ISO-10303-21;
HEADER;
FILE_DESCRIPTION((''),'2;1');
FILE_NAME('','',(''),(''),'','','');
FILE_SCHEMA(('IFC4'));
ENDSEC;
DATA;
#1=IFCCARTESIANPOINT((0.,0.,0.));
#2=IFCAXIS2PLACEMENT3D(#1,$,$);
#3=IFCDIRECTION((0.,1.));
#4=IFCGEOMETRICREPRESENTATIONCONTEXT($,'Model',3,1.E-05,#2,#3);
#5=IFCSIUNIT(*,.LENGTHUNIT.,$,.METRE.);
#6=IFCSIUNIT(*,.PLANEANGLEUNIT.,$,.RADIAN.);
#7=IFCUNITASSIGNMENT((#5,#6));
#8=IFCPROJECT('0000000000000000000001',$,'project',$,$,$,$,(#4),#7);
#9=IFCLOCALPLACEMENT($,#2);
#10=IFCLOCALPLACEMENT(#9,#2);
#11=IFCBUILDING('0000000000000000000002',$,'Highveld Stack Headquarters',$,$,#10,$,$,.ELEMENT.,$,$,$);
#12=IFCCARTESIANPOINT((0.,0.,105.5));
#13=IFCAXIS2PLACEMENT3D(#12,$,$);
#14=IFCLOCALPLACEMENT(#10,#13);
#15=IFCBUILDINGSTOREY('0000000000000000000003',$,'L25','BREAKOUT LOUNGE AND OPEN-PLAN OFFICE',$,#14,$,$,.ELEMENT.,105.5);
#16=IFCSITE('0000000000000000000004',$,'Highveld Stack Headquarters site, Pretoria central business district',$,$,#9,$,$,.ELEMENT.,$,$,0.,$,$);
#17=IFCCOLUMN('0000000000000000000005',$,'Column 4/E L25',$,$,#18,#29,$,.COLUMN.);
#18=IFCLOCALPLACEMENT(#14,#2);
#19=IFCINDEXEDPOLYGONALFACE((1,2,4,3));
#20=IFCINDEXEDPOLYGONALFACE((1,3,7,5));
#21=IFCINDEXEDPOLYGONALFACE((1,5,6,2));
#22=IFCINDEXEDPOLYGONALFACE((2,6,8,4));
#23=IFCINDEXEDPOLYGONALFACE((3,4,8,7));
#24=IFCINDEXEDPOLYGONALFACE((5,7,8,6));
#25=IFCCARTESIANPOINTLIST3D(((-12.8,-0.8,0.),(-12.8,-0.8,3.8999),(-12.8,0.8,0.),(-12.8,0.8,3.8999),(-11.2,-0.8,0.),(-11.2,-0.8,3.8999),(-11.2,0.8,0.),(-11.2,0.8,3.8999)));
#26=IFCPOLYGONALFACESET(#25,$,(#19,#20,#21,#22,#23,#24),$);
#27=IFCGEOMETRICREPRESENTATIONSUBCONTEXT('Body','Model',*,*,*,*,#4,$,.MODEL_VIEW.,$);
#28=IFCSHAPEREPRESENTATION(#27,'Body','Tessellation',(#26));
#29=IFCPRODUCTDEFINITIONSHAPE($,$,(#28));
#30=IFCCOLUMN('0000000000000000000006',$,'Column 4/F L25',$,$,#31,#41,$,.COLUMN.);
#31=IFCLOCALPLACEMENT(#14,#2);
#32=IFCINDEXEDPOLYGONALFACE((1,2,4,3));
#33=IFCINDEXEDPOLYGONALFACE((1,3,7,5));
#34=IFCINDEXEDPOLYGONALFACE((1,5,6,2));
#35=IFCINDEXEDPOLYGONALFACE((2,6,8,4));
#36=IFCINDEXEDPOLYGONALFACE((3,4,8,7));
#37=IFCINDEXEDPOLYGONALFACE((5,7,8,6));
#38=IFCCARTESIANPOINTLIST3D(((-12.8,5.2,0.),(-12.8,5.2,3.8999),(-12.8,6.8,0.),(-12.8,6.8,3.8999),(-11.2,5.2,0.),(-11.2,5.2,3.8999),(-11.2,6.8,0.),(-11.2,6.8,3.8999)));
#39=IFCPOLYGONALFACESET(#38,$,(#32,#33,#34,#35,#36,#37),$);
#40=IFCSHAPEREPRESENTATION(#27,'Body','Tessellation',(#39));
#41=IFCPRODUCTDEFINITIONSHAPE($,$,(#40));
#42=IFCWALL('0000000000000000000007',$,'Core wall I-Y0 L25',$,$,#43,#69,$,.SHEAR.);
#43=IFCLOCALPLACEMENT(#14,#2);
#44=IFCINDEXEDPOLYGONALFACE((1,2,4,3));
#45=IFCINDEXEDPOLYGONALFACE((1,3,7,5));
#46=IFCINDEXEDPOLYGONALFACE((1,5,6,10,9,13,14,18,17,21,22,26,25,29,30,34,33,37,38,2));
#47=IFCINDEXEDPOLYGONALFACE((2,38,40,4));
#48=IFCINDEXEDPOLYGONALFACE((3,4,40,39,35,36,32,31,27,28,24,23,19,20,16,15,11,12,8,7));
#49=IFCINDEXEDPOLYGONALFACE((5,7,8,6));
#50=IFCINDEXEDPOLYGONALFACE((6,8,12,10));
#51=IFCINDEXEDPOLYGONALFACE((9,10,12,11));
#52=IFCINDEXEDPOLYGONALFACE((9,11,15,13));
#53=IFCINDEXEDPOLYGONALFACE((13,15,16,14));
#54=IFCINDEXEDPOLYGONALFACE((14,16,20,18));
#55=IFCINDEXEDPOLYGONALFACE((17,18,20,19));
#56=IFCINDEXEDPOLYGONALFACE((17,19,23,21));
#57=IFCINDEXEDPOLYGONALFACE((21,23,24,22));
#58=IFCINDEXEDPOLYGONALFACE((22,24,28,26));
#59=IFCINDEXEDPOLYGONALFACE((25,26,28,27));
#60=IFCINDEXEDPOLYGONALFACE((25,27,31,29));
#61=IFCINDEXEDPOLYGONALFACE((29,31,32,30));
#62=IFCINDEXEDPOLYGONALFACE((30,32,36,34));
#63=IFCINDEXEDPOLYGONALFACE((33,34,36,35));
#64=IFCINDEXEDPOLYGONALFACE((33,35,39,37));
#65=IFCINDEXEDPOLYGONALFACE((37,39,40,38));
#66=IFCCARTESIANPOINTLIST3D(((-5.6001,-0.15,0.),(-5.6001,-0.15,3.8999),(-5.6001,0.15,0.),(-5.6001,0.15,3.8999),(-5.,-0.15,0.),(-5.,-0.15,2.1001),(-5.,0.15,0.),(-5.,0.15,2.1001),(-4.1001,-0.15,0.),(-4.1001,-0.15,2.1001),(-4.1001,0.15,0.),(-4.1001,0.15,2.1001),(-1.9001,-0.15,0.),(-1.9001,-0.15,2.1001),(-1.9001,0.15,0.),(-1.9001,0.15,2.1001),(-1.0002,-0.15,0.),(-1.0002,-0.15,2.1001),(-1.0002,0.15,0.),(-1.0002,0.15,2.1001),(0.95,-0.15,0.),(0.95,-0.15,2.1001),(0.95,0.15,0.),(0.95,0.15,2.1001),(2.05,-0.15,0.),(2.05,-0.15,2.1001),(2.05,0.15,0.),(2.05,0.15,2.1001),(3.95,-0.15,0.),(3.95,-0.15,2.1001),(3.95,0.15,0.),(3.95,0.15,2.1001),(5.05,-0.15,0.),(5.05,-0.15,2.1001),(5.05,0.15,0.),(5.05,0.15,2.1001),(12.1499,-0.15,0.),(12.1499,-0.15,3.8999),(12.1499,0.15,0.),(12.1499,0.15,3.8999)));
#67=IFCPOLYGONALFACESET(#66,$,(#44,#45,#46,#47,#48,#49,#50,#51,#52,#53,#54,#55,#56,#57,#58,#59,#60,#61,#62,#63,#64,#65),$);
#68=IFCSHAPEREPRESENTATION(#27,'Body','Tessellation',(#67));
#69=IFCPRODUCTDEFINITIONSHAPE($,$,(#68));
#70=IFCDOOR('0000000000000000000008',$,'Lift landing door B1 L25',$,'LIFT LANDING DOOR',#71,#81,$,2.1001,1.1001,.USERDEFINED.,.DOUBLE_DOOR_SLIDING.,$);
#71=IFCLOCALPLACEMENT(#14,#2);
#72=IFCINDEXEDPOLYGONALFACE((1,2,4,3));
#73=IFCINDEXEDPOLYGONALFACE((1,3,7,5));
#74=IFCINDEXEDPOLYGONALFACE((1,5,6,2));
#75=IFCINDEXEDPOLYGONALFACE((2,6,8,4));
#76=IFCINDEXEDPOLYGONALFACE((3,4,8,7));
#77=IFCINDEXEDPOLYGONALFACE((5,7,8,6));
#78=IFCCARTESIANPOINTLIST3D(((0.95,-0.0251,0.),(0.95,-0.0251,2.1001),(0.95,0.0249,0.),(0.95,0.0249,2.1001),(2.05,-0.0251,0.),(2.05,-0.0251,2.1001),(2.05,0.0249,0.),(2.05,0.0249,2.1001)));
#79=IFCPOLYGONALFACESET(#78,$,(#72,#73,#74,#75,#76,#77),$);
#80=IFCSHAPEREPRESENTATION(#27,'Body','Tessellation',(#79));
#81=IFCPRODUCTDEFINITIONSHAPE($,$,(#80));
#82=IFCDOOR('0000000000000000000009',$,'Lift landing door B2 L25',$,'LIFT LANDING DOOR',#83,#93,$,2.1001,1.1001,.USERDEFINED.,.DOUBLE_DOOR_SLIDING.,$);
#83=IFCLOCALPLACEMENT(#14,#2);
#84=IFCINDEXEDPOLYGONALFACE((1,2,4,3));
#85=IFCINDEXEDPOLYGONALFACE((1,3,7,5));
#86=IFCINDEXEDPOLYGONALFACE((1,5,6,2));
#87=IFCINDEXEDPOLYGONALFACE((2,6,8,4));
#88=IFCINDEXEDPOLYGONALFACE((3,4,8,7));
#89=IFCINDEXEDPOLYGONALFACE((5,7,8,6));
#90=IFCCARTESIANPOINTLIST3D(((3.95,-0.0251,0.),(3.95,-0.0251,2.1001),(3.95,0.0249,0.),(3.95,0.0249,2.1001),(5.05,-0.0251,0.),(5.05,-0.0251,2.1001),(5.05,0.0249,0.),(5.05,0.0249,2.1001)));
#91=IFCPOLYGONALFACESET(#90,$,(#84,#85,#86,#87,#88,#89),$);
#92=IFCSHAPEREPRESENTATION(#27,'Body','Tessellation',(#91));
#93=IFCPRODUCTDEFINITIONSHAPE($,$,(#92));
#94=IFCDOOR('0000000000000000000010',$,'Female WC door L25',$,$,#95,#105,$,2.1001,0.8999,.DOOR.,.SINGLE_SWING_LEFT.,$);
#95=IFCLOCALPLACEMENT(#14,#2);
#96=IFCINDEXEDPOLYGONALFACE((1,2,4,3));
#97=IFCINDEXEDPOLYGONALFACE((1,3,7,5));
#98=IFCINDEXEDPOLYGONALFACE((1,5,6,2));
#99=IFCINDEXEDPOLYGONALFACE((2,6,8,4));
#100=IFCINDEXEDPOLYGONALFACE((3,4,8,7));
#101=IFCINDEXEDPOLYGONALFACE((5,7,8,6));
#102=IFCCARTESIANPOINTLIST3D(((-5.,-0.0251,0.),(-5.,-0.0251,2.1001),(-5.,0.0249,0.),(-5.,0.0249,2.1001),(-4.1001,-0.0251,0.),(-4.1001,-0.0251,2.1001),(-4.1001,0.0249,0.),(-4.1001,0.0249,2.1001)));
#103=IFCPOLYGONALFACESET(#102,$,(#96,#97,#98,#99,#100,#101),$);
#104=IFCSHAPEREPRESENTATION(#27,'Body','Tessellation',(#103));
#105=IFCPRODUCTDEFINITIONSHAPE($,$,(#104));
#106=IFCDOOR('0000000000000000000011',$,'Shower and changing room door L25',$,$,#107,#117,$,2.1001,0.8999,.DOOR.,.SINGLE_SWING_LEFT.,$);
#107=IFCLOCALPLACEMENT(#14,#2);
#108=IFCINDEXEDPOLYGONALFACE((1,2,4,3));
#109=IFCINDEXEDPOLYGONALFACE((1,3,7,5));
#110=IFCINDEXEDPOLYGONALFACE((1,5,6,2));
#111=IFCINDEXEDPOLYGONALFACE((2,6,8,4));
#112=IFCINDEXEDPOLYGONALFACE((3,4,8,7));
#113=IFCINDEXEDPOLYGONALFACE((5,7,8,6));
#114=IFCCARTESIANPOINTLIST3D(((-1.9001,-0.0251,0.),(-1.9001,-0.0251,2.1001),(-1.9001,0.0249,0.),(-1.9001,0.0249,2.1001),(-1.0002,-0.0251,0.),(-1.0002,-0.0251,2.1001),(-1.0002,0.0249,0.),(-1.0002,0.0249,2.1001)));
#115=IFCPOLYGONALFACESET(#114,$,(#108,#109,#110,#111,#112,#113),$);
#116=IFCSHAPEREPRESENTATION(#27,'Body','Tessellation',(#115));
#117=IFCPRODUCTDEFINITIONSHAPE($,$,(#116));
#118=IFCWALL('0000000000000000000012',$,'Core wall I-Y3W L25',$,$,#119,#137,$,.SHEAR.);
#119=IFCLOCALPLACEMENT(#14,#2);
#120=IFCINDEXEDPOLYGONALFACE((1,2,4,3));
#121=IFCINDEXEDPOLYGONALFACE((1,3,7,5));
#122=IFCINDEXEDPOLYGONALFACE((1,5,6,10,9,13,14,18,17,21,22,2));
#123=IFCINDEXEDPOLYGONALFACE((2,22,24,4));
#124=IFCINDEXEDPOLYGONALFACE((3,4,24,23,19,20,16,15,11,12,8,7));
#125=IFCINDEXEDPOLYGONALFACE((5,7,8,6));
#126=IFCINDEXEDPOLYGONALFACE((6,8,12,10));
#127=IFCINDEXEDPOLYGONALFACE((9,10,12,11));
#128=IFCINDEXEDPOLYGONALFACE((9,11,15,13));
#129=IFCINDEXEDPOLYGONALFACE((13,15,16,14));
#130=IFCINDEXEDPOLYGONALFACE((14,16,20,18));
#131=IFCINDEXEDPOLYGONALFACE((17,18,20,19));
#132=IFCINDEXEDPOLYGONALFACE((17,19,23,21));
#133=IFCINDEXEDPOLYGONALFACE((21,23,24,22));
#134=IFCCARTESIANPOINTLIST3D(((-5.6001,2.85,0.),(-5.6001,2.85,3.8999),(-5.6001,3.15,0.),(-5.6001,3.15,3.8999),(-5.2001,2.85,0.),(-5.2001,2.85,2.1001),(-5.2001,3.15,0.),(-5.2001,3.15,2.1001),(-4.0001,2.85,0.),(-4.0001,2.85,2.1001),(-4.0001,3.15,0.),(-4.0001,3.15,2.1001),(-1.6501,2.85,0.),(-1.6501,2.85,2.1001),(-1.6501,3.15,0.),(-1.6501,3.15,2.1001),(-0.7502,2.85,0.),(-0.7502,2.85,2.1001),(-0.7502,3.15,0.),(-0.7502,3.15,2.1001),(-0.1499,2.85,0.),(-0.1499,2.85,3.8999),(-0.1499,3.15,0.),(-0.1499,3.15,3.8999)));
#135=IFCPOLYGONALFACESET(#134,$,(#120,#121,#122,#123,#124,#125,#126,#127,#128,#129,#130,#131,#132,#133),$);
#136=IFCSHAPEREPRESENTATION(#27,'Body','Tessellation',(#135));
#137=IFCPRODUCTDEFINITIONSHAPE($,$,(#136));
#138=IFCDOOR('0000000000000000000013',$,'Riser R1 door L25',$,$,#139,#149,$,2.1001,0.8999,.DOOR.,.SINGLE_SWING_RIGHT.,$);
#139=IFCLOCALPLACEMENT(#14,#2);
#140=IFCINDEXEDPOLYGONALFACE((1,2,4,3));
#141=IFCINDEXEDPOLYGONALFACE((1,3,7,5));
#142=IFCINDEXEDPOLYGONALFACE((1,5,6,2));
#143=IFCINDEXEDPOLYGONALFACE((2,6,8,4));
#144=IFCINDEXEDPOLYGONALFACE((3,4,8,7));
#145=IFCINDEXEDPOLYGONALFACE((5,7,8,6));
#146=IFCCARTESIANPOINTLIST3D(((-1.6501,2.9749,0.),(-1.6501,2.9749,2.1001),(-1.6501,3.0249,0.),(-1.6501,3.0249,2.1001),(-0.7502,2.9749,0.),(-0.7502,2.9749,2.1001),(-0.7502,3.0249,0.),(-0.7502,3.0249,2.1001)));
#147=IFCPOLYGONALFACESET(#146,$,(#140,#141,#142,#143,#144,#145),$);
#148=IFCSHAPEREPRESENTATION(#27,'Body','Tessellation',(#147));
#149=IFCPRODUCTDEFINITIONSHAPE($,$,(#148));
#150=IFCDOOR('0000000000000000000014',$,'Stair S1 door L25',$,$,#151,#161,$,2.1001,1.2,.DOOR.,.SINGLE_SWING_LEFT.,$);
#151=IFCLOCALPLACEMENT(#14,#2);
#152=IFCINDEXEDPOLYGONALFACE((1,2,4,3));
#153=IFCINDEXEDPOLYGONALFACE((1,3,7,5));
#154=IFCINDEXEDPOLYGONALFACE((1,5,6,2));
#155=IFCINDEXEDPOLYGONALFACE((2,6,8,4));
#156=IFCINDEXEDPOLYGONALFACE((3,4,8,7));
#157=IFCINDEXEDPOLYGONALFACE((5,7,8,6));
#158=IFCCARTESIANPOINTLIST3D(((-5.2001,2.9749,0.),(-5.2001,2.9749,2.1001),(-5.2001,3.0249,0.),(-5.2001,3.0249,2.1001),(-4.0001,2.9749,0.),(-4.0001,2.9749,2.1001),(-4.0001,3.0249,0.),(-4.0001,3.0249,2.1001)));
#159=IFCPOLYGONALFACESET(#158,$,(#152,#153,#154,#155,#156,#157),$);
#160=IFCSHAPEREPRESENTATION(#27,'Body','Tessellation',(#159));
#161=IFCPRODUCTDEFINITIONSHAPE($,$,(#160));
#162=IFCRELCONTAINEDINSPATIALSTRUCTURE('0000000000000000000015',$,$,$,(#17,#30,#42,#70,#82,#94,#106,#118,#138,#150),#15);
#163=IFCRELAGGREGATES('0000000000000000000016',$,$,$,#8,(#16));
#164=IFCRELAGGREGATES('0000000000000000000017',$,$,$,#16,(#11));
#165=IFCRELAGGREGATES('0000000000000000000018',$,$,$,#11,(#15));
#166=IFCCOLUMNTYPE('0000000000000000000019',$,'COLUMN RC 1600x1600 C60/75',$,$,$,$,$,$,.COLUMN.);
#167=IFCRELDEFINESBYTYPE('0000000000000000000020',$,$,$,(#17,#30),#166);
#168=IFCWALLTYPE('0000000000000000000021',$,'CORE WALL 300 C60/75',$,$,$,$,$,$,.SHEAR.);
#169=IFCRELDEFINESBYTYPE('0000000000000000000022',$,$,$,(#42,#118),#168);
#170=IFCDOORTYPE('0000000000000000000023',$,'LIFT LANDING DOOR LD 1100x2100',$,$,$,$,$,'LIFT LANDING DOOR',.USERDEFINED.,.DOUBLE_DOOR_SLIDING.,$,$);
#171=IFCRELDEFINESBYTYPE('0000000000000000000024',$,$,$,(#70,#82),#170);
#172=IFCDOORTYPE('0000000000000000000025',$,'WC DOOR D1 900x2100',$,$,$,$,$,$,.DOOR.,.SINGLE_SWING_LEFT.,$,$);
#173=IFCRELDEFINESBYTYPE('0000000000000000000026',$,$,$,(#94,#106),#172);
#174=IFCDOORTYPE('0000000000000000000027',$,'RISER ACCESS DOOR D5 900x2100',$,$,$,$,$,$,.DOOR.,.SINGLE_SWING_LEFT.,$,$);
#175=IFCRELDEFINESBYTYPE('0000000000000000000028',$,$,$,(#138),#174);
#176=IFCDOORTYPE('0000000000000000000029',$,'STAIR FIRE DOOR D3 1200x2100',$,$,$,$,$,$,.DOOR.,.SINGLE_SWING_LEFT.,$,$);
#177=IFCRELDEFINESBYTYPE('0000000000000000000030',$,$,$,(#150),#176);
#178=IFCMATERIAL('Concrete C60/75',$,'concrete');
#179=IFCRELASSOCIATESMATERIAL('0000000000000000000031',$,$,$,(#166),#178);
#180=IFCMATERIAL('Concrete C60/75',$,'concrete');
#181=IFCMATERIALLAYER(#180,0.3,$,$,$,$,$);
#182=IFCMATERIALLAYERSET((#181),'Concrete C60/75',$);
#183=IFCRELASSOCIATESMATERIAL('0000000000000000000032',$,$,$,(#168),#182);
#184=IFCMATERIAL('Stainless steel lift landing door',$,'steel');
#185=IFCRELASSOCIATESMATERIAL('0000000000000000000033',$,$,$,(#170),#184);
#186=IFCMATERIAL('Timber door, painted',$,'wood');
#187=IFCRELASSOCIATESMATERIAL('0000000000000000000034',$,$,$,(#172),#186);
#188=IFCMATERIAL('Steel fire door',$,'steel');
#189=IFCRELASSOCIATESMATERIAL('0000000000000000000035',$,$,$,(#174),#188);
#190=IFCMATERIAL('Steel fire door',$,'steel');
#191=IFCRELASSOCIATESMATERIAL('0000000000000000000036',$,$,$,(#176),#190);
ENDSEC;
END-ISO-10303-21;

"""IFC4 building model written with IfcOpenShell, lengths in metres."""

from ifc_helpers import new_model, si_unit, direction, frame, frame_2d, origin, origin_2d, place, context, subcontext, project, spatial, rectangle, extrude, material, layer, layer_set, material_profile, profile_set, type_object, element, fill, save


model = new_model("IFC4")

# Units and contexts
model_context = context("Model", 3, precision=1e-05, world=origin(), true_north=direction((0.0, 1.0)))
body_context = subcontext(model_context, "Body", "Model", "MODEL_VIEW")
ifc_project = project(units=[si_unit("LENGTHUNIT", "METRE"), si_unit("PLANEANGLEUNIT", "RADIAN")], contexts=[model_context])

# Site, building, storey
site_placement = place(None, origin())
site = spatial("IfcSite", under=ifc_project, at=site_placement, Name="Highveld Stack Headquarters site, Pretoria central business district", CompositionType="ELEMENT", RefElevation=0.0)
building_placement = place(site_placement, origin())
building = spatial("IfcBuilding", under=site, at=building_placement, Name="Highveld Stack Headquarters", CompositionType="ELEMENT")
storey_placement = place(building_placement, frame((0.0, 0.0, 105.5)))
storey = spatial("IfcBuildingStorey", under=building, at=storey_placement, Name="L25", Description="BREAKOUT LOUNGE AND OPEN-PLAN OFFICE", CompositionType="ELEMENT", Elevation=105.5)

# Columns
ifc_material_1 = material(Name="Concrete C60/75", Category="concrete")
ifc_material_profile = material_profile(ifc_material_1, rectangle(XDim=1.6001, YDim=1.6001, at=origin_2d()), Name="RC 1600x1600")
ifc_profile_set = profile_set([ifc_material_profile], Name="Concrete C60/75")
column_type = type_object("IfcColumnType", Name="COLUMN RC 1600x1600 C60/75", PredefinedType="COLUMN", material=ifc_profile_set)
for number, where, z_axis, x_axis, name in (
    (1, (-12.0, 0.0, 0.0), (0.0, 0.0, 1.0), (1.0, 0.0, 0.0), "Column 4/E L25"),
    (2, (-12.0, 6.0, 0.0), (0.0, 0.0, 1.0), (1.0, 0.0, 0.0), "Column 4/F L25"),
):
    element("IfcColumn", number, at=place(storey_placement, frame(where, z_axis=z_axis, x_axis=x_axis)), inside=storey, type_object=column_type, Name=name, PredefinedType="COLUMN", context=body_context, shape_type="SweptSolid", body=[
        extrude(rectangle(XDim=1.6001, YDim=1.6001, at=origin_2d()), origin(), (0.0, 0.0, 1.0), 3.8999),
    ])

# Walls, openings, doors
ifc_material_2 = material(Name="Concrete C60/75", Category="concrete")
ifc_layer_1 = layer(ifc_material_2, 0.3)
ifc_layer_set_1 = layer_set([ifc_layer_1], Name="Concrete C60/75")
wall_type_1 = type_object("IfcWallType", Name="CORE WALL 300 C60/75", PredefinedType="SHEAR", material=ifc_layer_set_1)
wall_1_placement = place(storey_placement, frame((-5.6001, 0.0, 0.0), z_axis=(0.0, 0.0, 1.0), x_axis=(1.0, 0.0, 0.0)))
wall_1 = element("IfcWall", 3, at=wall_1_placement, inside=storey, type_object=wall_type_1, Name="Core wall I-Y0 L25", PredefinedType="SHEAR", context=body_context, shape_type="SweptSolid", body=[
    extrude(rectangle(XDim=17.75, YDim=0.3, at=frame_2d((8.875, 0.0))), origin(), (0.0, 0.0, 1.0), 3.8999),
])
opening_1_placement = place(wall_1_placement, frame((0.6001, 0.0, 0.0)))
opening_1 = element("IfcOpeningElement", 4, at=opening_1_placement, cuts=wall_1, PredefinedType="OPENING", context=body_context, shape_type="SweptSolid", body=[
    extrude(rectangle(XDim=0.8999, YDim=2.1001, at=frame_2d((0.45, 1.05))), frame((0.0, 0.1599, 0.0), z_axis=(0.0, -1.0, 0.0), x_axis=(1.0, 0.0, 0.0)), (0.0, 0.0, 1.0), 0.3201),
])
opening_2_placement = place(wall_1_placement, frame((3.7, 0.0, 0.0)))
opening_2 = element("IfcOpeningElement", 5, at=opening_2_placement, cuts=wall_1, PredefinedType="OPENING", context=body_context, shape_type="SweptSolid", body=[
    extrude(rectangle(XDim=0.8999, YDim=2.1001, at=frame_2d((0.45, 1.05))), frame((0.0, 0.1599, 0.0), z_axis=(0.0, -1.0, 0.0), x_axis=(1.0, 0.0, 0.0)), (0.0, 0.0, 1.0), 0.3201),
])
opening_3_placement = place(wall_1_placement, frame((6.55, 0.0, 0.0)))
opening_3 = element("IfcOpeningElement", 6, at=opening_3_placement, cuts=wall_1, PredefinedType="OPENING", context=body_context, shape_type="SweptSolid", body=[
    extrude(rectangle(XDim=1.1001, YDim=2.1001, at=frame_2d((0.55, 1.05))), frame((0.0, 0.1599, 0.0), z_axis=(0.0, -1.0, 0.0), x_axis=(1.0, 0.0, 0.0)), (0.0, 0.0, 1.0), 0.3201),
])
opening_4_placement = place(wall_1_placement, frame((9.55, 0.0, 0.0)))
opening_4 = element("IfcOpeningElement", 7, at=opening_4_placement, cuts=wall_1, PredefinedType="OPENING", context=body_context, shape_type="SweptSolid", body=[
    extrude(rectangle(XDim=1.1001, YDim=2.1001, at=frame_2d((0.55, 1.05))), frame((0.0, 0.1599, 0.0), z_axis=(0.0, -1.0, 0.0), x_axis=(1.0, 0.0, 0.0)), (0.0, 0.0, 1.0), 0.3201),
])
ifc_material_3 = material(Name="Stainless steel lift landing door", Category="steel")
door_type_1 = type_object("IfcDoorType", Name="LIFT LANDING DOOR LD 1100x2100", ElementType="LIFT LANDING DOOR", OperationType="DOUBLE_DOOR_SLIDING", PredefinedType="USERDEFINED", material=ifc_material_3)
door_1_placement = place(opening_3_placement, origin())
door_1 = element("IfcDoor", 8, at=door_1_placement, inside=storey, type_object=door_type_1, Name="Lift landing door B1 L25", ObjectType="LIFT LANDING DOOR", OperationType="DOUBLE_DOOR_SLIDING", OverallHeight=2.1001, OverallWidth=1.1001, PredefinedType="USERDEFINED", context=body_context, shape_type="SweptSolid", body=[
    extrude(rectangle(XDim=1.1001, YDim=2.1001, at=frame_2d((0.55, 1.05))), frame((0.0, 0.0249, 0.0), z_axis=(0.0, -1.0, 0.0), x_axis=(1.0, 0.0, 0.0)), (0.0, 0.0, 1.0), 0.05),
])
fill(opening_3, door_1)
door_2_placement = place(opening_4_placement, origin())
door_2 = element("IfcDoor", 9, at=door_2_placement, inside=storey, type_object=door_type_1, Name="Lift landing door B2 L25", ObjectType="LIFT LANDING DOOR", OperationType="DOUBLE_DOOR_SLIDING", OverallHeight=2.1001, OverallWidth=1.1001, PredefinedType="USERDEFINED", context=body_context, shape_type="SweptSolid", body=[
    extrude(rectangle(XDim=1.1001, YDim=2.1001, at=frame_2d((0.55, 1.05))), frame((0.0, 0.0249, 0.0), z_axis=(0.0, -1.0, 0.0), x_axis=(1.0, 0.0, 0.0)), (0.0, 0.0, 1.0), 0.05),
])
fill(opening_4, door_2)
ifc_material_4 = material(Name="Timber door, painted", Category="wood")
door_type_2 = type_object("IfcDoorType", Name="WC DOOR D1 900x2100", OperationType="SINGLE_SWING_LEFT", PredefinedType="DOOR", material=ifc_material_4)
door_3_placement = place(opening_1_placement, origin())
door_3 = element("IfcDoor", 10, at=door_3_placement, inside=storey, type_object=door_type_2, Name="Female WC door L25", OperationType="SINGLE_SWING_LEFT", OverallHeight=2.1001, OverallWidth=0.8999, PredefinedType="DOOR", context=body_context, shape_type="SweptSolid", body=[
    extrude(rectangle(XDim=0.8999, YDim=2.1001, at=frame_2d((0.45, 1.05))), frame((0.0, 0.0249, 0.0), z_axis=(0.0, -1.0, 0.0), x_axis=(1.0, 0.0, 0.0)), (0.0, 0.0, 1.0), 0.05),
])
fill(opening_1, door_3)
door_4_placement = place(opening_2_placement, origin())
door_4 = element("IfcDoor", 11, at=door_4_placement, inside=storey, type_object=door_type_2, Name="Shower and changing room door L25", OperationType="SINGLE_SWING_LEFT", OverallHeight=2.1001, OverallWidth=0.8999, PredefinedType="DOOR", context=body_context, shape_type="SweptSolid", body=[
    extrude(rectangle(XDim=0.8999, YDim=2.1001, at=frame_2d((0.45, 1.05))), frame((0.0, 0.0249, 0.0), z_axis=(0.0, -1.0, 0.0), x_axis=(1.0, 0.0, 0.0)), (0.0, 0.0, 1.0), 0.05),
])
fill(opening_2, door_4)
wall_2_placement = place(storey_placement, frame((-5.6001, 3.0, 0.0), z_axis=(0.0, 0.0, 1.0), x_axis=(1.0, 0.0, 0.0)))
wall_2 = element("IfcWall", 12, at=wall_2_placement, inside=storey, type_object=wall_type_1, Name="Core wall I-Y3W L25", PredefinedType="SHEAR", context=body_context, shape_type="SweptSolid", body=[
    extrude(rectangle(XDim=5.4502, YDim=0.3, at=frame_2d((2.7251, 0.0))), origin(), (0.0, 0.0, 1.0), 3.8999),
])
opening_5_placement = place(wall_2_placement, frame((0.3999, 0.0, 0.0)))
opening_5 = element("IfcOpeningElement", 13, at=opening_5_placement, cuts=wall_2, PredefinedType="OPENING", context=body_context, shape_type="SweptSolid", body=[
    extrude(rectangle(XDim=1.2, YDim=2.1001, at=frame_2d((0.6001, 1.05))), frame((0.0, 0.1599, 0.0), z_axis=(0.0, -1.0, 0.0), x_axis=(1.0, 0.0, 0.0)), (0.0, 0.0, 1.0), 0.3201),
])
opening_6_placement = place(wall_2_placement, frame((3.95, 0.0, 0.0)))
opening_6 = element("IfcOpeningElement", 14, at=opening_6_placement, cuts=wall_2, PredefinedType="OPENING", context=body_context, shape_type="SweptSolid", body=[
    extrude(rectangle(XDim=0.8999, YDim=2.1001, at=frame_2d((0.45, 1.05))), frame((0.0, 0.1599, 0.0), z_axis=(0.0, -1.0, 0.0), x_axis=(1.0, 0.0, 0.0)), (0.0, 0.0, 1.0), 0.3201),
])
ifc_material_5 = material(Name="Steel fire door", Category="steel")
door_type_3 = type_object("IfcDoorType", Name="RISER ACCESS DOOR D5 900x2100", OperationType="SINGLE_SWING_LEFT", PredefinedType="DOOR", material=ifc_material_5)
door_5_placement = place(opening_6_placement, origin())
door_5 = element("IfcDoor", 15, at=door_5_placement, inside=storey, type_object=door_type_3, Name="Riser R1 door L25", OperationType="SINGLE_SWING_RIGHT", OverallHeight=2.1001, OverallWidth=0.8999, PredefinedType="DOOR", context=body_context, shape_type="SweptSolid", body=[
    extrude(rectangle(XDim=0.8999, YDim=2.1001, at=frame_2d((0.45, 1.05))), frame((0.0, 0.0249, 0.0), z_axis=(0.0, -1.0, 0.0), x_axis=(1.0, 0.0, 0.0)), (0.0, 0.0, 1.0), 0.05),
])
fill(opening_6, door_5)
ifc_material_6 = material(Name="Steel fire door", Category="steel")
door_type_4 = type_object("IfcDoorType", Name="STAIR FIRE DOOR D3 1200x2100", OperationType="SINGLE_SWING_LEFT", PredefinedType="DOOR", material=ifc_material_6)
door_6_placement = place(opening_5_placement, origin())
door_6 = element("IfcDoor", 16, at=door_6_placement, inside=storey, type_object=door_type_4, Name="Stair S1 door L25", OperationType="SINGLE_SWING_LEFT", OverallHeight=2.1001, OverallWidth=1.2, PredefinedType="DOOR", context=body_context, shape_type="SweptSolid", body=[
    extrude(rectangle(XDim=1.2, YDim=2.1001, at=frame_2d((0.6001, 1.05))), frame((0.0, 0.0249, 0.0), z_axis=(0.0, -1.0, 0.0), x_axis=(1.0, 0.0, 0.0)), (0.0, 0.0, 1.0), 0.05),
])
fill(opening_5, door_6)

save(model, "model.ifc")
